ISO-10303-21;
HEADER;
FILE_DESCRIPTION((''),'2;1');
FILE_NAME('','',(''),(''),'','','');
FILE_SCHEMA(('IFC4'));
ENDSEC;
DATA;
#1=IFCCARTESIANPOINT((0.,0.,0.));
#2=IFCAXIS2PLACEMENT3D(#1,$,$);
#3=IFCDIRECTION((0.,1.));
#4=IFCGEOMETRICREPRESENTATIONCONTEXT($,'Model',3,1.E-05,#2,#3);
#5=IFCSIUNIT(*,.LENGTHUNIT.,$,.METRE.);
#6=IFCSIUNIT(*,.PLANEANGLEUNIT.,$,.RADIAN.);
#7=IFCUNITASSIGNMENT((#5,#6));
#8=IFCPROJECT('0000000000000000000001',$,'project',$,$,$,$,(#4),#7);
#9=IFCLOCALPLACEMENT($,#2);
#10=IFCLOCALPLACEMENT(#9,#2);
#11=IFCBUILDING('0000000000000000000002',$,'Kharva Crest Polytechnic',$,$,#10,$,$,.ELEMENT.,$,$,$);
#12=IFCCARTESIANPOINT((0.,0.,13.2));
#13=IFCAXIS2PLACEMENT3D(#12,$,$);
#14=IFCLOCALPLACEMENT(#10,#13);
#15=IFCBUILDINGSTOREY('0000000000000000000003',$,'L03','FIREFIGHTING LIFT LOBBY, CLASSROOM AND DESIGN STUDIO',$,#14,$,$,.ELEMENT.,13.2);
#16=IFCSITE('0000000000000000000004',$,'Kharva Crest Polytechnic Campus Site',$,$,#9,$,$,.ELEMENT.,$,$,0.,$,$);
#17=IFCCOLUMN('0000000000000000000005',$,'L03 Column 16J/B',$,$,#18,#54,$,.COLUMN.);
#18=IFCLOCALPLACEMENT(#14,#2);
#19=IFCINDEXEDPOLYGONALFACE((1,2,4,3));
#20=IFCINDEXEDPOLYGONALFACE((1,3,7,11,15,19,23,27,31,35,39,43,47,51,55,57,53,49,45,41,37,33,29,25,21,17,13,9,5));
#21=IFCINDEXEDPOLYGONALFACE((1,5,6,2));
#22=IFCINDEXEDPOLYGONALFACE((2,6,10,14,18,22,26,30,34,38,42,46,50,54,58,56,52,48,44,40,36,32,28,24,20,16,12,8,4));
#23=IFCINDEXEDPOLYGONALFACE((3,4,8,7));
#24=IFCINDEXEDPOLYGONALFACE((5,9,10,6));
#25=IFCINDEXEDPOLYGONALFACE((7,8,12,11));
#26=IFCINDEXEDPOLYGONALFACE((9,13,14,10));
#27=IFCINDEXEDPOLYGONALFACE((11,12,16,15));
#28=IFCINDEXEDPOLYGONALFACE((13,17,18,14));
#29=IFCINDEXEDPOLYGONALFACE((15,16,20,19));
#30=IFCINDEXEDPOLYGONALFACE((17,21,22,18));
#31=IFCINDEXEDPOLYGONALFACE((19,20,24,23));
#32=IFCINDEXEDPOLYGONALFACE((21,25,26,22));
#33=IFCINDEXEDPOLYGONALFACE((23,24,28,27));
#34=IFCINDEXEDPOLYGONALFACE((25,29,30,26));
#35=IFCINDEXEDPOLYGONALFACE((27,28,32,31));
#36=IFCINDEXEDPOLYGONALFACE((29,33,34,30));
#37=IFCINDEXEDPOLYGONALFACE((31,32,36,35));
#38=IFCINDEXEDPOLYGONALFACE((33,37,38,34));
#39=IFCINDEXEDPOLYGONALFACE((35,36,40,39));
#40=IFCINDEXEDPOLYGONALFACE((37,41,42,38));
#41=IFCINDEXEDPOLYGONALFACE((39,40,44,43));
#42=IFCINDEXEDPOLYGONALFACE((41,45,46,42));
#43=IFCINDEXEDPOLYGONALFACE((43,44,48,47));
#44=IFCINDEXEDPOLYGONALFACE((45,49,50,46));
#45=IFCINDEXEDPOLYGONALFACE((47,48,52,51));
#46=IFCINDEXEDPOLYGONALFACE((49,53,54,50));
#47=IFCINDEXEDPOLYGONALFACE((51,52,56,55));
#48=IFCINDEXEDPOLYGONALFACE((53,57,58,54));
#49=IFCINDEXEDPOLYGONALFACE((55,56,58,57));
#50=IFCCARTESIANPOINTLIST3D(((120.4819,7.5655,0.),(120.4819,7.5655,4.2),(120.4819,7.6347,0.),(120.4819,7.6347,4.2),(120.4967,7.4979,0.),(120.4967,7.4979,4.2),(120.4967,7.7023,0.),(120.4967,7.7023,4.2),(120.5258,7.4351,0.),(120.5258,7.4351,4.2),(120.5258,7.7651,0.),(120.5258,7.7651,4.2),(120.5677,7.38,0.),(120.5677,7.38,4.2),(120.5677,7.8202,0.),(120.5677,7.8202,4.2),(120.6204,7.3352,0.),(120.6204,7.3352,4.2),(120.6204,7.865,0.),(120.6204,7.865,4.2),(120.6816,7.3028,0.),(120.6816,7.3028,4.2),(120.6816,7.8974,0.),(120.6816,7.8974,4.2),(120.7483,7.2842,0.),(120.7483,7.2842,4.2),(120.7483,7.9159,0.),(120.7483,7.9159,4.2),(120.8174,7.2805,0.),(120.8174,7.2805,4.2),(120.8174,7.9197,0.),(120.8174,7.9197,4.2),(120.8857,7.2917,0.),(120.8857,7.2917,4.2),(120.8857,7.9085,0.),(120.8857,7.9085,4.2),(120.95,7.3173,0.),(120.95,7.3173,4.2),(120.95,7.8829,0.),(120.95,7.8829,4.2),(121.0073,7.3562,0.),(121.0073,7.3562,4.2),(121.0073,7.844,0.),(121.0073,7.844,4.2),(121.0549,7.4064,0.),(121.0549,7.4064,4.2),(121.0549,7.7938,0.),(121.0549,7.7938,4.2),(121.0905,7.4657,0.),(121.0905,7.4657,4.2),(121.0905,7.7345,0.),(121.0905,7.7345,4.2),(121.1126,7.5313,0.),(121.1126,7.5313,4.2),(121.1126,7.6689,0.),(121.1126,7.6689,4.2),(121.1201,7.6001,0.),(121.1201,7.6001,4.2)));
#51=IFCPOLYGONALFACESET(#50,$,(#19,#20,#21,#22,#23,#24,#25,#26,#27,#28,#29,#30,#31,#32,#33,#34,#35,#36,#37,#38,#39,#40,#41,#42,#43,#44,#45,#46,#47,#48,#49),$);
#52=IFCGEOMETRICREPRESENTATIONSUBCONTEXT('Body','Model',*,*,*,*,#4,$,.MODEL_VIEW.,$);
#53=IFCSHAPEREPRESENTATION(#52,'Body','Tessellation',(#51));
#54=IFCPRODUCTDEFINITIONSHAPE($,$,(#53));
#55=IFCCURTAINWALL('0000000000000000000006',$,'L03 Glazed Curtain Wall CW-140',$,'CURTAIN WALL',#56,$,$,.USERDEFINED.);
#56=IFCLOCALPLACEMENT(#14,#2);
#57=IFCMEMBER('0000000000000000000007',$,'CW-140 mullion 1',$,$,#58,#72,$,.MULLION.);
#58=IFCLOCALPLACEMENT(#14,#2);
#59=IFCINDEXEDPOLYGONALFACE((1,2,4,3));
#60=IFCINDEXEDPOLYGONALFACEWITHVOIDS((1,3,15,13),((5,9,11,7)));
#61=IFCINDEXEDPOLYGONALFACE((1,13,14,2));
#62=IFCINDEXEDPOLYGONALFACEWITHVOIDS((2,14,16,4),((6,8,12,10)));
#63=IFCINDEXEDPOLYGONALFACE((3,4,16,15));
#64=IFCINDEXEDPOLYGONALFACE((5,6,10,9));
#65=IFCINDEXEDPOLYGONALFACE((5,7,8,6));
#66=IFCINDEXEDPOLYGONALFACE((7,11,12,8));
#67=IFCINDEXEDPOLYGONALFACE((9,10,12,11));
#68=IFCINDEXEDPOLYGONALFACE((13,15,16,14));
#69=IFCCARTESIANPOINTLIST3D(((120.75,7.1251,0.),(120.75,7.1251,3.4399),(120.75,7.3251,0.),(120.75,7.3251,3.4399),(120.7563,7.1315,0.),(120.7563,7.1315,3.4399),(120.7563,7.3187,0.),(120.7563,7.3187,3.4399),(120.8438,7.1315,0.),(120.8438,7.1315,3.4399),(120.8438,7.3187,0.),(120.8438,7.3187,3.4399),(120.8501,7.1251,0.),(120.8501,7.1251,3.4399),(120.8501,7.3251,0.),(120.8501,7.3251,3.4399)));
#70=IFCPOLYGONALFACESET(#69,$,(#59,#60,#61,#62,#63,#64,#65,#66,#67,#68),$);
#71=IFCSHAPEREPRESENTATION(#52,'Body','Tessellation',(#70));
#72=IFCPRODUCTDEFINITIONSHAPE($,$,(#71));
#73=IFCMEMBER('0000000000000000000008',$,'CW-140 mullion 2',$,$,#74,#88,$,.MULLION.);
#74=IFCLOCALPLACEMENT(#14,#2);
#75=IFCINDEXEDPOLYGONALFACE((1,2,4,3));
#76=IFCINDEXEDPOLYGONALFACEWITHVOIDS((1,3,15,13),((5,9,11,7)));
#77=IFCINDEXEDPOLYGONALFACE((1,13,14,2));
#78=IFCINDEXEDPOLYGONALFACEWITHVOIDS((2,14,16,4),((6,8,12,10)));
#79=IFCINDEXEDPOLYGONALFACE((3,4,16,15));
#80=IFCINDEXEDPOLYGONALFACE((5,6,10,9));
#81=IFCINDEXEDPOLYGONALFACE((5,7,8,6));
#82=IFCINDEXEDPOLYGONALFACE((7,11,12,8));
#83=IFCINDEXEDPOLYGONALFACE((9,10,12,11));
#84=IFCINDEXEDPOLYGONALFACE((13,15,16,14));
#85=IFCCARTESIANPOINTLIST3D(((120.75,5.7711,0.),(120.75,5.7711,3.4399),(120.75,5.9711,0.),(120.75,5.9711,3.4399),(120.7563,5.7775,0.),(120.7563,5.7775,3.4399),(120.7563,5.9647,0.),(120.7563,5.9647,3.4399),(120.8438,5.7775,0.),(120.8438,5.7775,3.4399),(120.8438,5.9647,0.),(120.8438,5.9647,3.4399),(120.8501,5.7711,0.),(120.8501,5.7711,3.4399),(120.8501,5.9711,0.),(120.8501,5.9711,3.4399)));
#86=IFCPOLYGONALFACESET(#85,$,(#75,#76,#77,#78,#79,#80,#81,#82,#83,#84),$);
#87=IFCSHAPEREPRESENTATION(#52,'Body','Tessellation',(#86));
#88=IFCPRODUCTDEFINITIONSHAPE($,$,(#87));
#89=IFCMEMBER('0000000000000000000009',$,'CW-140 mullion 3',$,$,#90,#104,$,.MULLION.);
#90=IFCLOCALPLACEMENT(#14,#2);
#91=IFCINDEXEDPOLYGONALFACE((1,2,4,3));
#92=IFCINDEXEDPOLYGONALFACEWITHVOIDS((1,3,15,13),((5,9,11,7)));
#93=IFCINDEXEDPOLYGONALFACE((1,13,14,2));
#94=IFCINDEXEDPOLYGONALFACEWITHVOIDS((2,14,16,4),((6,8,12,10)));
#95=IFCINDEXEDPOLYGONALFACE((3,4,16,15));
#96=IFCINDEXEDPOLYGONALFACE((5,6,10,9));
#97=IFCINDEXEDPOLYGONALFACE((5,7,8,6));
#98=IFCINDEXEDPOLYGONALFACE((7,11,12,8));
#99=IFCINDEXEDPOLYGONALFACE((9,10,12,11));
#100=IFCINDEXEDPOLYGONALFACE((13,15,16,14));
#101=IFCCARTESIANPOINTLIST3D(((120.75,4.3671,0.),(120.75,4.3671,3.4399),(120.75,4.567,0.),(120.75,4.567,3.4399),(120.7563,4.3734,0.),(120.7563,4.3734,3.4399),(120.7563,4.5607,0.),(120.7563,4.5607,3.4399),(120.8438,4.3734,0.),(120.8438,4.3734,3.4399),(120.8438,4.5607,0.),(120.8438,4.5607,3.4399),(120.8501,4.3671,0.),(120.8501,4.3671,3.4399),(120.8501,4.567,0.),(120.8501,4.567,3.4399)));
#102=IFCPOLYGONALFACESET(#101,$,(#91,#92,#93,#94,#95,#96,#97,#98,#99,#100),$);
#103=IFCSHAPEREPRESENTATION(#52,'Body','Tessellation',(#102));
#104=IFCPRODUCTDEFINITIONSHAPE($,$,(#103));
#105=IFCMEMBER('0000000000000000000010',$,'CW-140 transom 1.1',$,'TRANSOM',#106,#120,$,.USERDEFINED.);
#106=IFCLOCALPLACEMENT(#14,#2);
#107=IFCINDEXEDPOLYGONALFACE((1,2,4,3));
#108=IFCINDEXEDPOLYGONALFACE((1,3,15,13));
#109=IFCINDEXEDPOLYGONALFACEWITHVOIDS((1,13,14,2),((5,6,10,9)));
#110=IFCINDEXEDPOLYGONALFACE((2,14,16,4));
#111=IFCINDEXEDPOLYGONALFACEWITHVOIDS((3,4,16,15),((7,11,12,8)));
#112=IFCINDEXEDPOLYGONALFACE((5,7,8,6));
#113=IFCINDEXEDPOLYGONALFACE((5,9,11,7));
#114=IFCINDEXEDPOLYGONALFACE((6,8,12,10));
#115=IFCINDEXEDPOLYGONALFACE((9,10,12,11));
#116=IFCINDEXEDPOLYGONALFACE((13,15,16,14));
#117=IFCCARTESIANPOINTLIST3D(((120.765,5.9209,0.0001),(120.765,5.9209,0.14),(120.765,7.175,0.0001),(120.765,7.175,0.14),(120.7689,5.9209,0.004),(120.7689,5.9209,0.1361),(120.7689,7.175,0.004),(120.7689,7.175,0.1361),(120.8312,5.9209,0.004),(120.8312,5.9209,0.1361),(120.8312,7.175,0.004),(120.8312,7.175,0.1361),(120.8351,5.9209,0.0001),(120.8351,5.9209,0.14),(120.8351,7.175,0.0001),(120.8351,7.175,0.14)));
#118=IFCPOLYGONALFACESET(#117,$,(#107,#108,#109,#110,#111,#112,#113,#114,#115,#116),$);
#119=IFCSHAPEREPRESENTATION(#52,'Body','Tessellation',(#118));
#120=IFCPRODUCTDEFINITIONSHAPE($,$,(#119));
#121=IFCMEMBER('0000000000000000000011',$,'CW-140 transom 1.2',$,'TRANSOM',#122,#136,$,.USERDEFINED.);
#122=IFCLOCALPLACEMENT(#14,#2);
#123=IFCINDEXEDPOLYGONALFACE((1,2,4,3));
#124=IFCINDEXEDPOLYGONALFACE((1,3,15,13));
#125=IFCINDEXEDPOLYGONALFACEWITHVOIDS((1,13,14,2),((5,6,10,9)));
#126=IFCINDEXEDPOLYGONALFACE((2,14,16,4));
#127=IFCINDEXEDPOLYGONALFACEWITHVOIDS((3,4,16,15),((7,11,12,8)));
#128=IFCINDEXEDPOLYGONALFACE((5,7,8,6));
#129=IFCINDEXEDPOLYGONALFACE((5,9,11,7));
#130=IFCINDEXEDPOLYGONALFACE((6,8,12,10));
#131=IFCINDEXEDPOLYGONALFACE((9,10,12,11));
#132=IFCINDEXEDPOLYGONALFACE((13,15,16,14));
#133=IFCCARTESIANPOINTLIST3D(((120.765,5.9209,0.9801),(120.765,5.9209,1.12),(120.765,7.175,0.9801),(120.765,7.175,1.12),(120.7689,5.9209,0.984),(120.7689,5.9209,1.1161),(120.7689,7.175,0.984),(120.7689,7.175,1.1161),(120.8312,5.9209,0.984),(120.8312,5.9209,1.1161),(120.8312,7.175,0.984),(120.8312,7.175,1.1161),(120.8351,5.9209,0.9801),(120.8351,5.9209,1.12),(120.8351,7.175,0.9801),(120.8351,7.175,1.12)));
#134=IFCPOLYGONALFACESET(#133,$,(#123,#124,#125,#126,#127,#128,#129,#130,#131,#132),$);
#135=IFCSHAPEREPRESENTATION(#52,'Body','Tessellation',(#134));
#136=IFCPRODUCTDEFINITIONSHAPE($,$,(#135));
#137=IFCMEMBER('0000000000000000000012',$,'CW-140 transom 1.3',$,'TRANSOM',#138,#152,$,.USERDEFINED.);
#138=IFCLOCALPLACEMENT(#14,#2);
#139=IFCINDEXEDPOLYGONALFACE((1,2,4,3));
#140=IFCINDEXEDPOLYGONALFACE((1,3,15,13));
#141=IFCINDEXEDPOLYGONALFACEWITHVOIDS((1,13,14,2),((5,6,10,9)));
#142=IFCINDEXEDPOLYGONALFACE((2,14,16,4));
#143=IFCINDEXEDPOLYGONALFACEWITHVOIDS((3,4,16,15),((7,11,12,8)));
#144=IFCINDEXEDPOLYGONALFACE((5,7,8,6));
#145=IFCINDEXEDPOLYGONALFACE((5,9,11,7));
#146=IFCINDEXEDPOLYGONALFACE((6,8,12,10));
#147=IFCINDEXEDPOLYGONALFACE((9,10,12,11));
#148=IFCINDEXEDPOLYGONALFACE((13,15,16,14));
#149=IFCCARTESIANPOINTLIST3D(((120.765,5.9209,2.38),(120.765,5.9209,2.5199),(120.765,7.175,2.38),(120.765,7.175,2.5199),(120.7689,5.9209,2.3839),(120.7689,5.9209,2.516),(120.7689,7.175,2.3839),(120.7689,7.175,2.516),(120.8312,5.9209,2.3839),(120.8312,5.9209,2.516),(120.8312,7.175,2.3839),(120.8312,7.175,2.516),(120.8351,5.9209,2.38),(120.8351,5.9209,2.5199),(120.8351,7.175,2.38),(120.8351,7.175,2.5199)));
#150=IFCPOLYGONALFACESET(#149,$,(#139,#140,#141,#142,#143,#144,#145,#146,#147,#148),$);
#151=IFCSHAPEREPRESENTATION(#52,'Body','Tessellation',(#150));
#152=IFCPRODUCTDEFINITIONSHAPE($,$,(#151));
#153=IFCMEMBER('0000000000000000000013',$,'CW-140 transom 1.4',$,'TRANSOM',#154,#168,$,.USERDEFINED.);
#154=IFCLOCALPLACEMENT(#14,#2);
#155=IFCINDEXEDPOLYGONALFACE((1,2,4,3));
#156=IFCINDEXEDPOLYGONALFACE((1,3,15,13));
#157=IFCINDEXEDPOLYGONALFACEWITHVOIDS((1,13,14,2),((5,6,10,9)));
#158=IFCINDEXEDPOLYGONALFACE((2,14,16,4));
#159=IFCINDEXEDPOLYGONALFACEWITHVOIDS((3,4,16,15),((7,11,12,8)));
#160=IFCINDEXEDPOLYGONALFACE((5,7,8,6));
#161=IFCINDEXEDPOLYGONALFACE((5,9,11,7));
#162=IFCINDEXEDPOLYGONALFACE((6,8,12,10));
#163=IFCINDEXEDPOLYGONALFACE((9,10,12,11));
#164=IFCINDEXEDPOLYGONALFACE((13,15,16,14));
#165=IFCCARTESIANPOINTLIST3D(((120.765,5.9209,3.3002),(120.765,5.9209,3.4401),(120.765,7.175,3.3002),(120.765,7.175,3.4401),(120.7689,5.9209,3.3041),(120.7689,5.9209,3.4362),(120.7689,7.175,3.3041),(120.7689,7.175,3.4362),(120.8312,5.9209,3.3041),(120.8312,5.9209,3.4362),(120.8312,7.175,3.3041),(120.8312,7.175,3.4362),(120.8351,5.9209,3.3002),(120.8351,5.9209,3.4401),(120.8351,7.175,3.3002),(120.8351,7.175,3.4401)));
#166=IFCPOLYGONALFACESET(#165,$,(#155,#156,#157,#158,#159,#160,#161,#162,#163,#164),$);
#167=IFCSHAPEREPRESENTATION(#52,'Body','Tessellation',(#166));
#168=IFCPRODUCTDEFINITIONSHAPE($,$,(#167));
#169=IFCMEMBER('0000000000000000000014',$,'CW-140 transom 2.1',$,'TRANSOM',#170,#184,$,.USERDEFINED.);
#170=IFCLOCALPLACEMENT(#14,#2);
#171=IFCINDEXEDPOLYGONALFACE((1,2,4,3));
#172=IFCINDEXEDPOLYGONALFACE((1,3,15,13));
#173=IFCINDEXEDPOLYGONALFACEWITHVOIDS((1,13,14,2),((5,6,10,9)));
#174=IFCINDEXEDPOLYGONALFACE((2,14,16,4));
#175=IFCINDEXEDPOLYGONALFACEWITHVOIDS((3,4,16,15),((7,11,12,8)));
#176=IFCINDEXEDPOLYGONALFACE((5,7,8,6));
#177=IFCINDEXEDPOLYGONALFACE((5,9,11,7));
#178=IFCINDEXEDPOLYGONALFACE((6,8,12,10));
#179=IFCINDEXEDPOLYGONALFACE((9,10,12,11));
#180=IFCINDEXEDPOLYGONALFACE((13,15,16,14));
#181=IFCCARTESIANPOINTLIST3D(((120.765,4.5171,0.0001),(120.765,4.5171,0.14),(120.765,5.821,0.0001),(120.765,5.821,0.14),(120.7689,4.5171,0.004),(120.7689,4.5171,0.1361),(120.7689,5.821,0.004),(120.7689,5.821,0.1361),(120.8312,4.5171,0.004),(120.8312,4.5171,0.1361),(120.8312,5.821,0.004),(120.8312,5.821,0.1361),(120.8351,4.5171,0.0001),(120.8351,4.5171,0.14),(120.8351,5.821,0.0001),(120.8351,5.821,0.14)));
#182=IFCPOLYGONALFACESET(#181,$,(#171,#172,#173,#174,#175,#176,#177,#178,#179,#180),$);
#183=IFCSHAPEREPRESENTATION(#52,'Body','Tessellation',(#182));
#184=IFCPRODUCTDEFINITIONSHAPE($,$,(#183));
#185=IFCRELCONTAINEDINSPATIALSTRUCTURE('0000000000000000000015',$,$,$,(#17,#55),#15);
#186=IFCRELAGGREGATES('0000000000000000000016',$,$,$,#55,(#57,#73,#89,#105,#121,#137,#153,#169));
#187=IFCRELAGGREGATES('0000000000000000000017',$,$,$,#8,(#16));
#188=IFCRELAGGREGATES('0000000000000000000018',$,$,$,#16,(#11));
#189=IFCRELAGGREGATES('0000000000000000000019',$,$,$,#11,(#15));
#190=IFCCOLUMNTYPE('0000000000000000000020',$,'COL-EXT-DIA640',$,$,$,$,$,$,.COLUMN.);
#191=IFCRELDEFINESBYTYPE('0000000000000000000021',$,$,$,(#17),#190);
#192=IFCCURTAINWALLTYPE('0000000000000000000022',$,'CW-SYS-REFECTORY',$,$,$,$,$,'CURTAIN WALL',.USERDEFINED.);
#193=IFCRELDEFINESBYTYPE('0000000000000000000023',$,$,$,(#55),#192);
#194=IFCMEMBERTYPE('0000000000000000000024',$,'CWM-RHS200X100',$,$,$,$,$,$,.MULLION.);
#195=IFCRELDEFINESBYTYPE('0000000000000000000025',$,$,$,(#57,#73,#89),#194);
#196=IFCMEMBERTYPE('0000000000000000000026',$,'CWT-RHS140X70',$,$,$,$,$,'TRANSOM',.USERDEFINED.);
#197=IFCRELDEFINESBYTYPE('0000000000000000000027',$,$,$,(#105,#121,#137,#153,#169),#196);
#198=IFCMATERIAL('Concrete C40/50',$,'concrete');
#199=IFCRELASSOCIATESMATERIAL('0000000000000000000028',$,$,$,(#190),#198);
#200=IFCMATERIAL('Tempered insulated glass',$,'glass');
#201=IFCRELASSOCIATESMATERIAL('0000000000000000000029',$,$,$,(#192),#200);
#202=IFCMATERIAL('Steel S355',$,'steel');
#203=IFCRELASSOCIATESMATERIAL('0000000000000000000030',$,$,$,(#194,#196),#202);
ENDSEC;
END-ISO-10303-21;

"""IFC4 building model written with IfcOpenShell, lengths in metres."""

from ifc_helpers import new_model, si_unit, direction, frame, origin, origin_2d, place, context, subcontext, project, spatial, hollow_rectangle, circle, extrude, material, material_profile, profile_set, type_object, element, aggregate, save


model = new_model("IFC4")

# Units and contexts
model_context = context("Model", 3, precision=1e-05, world=origin(), true_north=direction((0.0, 1.0)))
body_context = subcontext(model_context, "Body", "Model", "MODEL_VIEW")
ifc_project = project(units=[si_unit("LENGTHUNIT", "METRE"), si_unit("PLANEANGLEUNIT", "RADIAN")], contexts=[model_context])

# Site, building, storey
site_placement = place(None, origin())
site = spatial("IfcSite", under=ifc_project, at=site_placement, Name="Kharva Crest Polytechnic Campus Site", CompositionType="ELEMENT", RefElevation=0.0)
building_placement = place(site_placement, origin())
building = spatial("IfcBuilding", under=site, at=building_placement, Name="Kharva Crest Polytechnic", CompositionType="ELEMENT")
storey_placement = place(building_placement, frame((0.0, 0.0, 13.2)))
storey = spatial("IfcBuildingStorey", under=building, at=storey_placement, Name="L03", Description="FIREFIGHTING LIFT LOBBY, CLASSROOM AND DESIGN STUDIO", CompositionType="ELEMENT", Elevation=13.2)

# Column
ifc_material_1 = material(Name="Concrete C40/50", Category="concrete")
ifc_material_profile_1 = material_profile(ifc_material_1, circle(Radius=0.3201, at=origin_2d()), Name="DIA 640")
ifc_profile_set_1 = profile_set([ifc_material_profile_1], Name="Concrete C40/50")
column_type = type_object("IfcColumnType", Name="COL-EXT-DIA640", PredefinedType="COLUMN", material=ifc_profile_set_1)
column_placement = place(storey_placement, frame((120.8, 7.6001, 0.0), z_axis=(0.0, 0.0, 1.0), x_axis=(1.0, 0.0, 0.0)))
element("IfcColumn", 1, at=column_placement, inside=storey, type_object=column_type, Name="L03 Column 16J/B", PredefinedType="COLUMN", context=body_context, shape_type="SweptSolid", body=[
    extrude(circle(Radius=0.3201, at=origin_2d()), origin(), (0.0, 0.0, 1.0), 4.2),
])

# Curtain wall, members
ifc_material_2 = material(Name="Tempered insulated glass", Category="glass")
curtain_wall_type = type_object("IfcCurtainWallType", Name="CW-SYS-REFECTORY", ElementType="CURTAIN WALL", PredefinedType="USERDEFINED", material=ifc_material_2)
curtain_wall_placement = place(storey_placement, origin())
curtain_wall = element("IfcCurtainWall", 2, at=curtain_wall_placement, inside=storey, type_object=curtain_wall_type, Name="L03 Glazed Curtain Wall CW-140", ObjectType="CURTAIN WALL", PredefinedType="USERDEFINED")
ifc_material_3 = material(Name="Steel S355", Category="steel")
ifc_material_profile_2 = material_profile(ifc_material_3, hollow_rectangle(XDim=0.1001, YDim=0.2, WallThickness=0.0063, at=origin_2d()), Name="RHS 200X100X6.3")
ifc_profile_set_2 = profile_set([ifc_material_profile_2], Name="Steel S355")
member_type_1 = type_object("IfcMemberType", Name="CWM-RHS200X100", PredefinedType="MULLION", material=ifc_profile_set_2)
member_1_placement = place(storey_placement, frame((120.8, 7.2251, 0.0), z_axis=(0.0, 0.0, 1.0), x_axis=(1.0, 0.0, 0.0)))
member_1 = element("IfcMember", 3, at=member_1_placement, type_object=member_type_1, Name="CW-140 mullion 1", PredefinedType="MULLION", context=body_context, shape_type="SweptSolid", body=[
    extrude(hollow_rectangle(XDim=0.1001, YDim=0.2, WallThickness=0.0063, at=origin_2d()), origin(), (0.0, 0.0, 1.0), 3.4399),
])
member_2_placement = place(storey_placement, frame((120.8, 5.8711, 0.0), z_axis=(0.0, 0.0, 1.0), x_axis=(1.0, 0.0, 0.0)))
member_2 = element("IfcMember", 4, at=member_2_placement, type_object=member_type_1, Name="CW-140 mullion 2", PredefinedType="MULLION", context=body_context, shape_type="SweptSolid", body=[
    extrude(hollow_rectangle(XDim=0.1001, YDim=0.2, WallThickness=0.0063, at=origin_2d()), origin(), (0.0, 0.0, 1.0), 3.4399),
])
member_3_placement = place(storey_placement, frame((120.8, 4.467, 0.0), z_axis=(0.0, 0.0, 1.0), x_axis=(1.0, 0.0, 0.0)))
member_3 = element("IfcMember", 5, at=member_3_placement, type_object=member_type_1, Name="CW-140 mullion 3", PredefinedType="MULLION", context=body_context, shape_type="SweptSolid", body=[
    extrude(hollow_rectangle(XDim=0.1001, YDim=0.2, WallThickness=0.0063, at=origin_2d()), origin(), (0.0, 0.0, 1.0), 3.4399),
])
ifc_material_profile_3 = material_profile(ifc_material_3, hollow_rectangle(XDim=0.0701, YDim=0.1399, WallThickness=0.0039, at=origin_2d()), Name="RHS 140X70X4.0")
ifc_profile_set_3 = profile_set([ifc_material_profile_3], Name="Steel S355")
member_type_2 = type_object("IfcMemberType", Name="CWT-RHS140X70", ElementType="TRANSOM", PredefinedType="USERDEFINED", material=ifc_profile_set_3)
member_4_placement = place(storey_placement, frame((120.8, 7.175, 0.0701), z_axis=(0.0, -1.0, 0.0), x_axis=(1.0, 0.0, 0.0)))
member_4 = element("IfcMember", 6, at=member_4_placement, type_object=member_type_2, Name="CW-140 transom 1.1", ObjectType="TRANSOM", PredefinedType="USERDEFINED", context=body_context, shape_type="SweptSolid", body=[
    extrude(hollow_rectangle(XDim=0.0701, YDim=0.1399, WallThickness=0.0039, at=origin_2d()), origin(), (0.0, 0.0, 1.0), 1.2542),
])
member_5_placement = place(storey_placement, frame((120.8, 7.175, 1.05), z_axis=(0.0, -1.0, 0.0), x_axis=(1.0, 0.0, 0.0)))
member_5 = element("IfcMember", 7, at=member_5_placement, type_object=member_type_2, Name="CW-140 transom 1.2", ObjectType="TRANSOM", PredefinedType="USERDEFINED", context=body_context, shape_type="SweptSolid", body=[
    extrude(hollow_rectangle(XDim=0.0701, YDim=0.1399, WallThickness=0.0039, at=origin_2d()), origin(), (0.0, 0.0, 1.0), 1.2542),
])
member_6_placement = place(storey_placement, frame((120.8, 7.175, 2.45), z_axis=(0.0, -1.0, 0.0), x_axis=(1.0, 0.0, 0.0)))
member_6 = element("IfcMember", 8, at=member_6_placement, type_object=member_type_2, Name="CW-140 transom 1.3", ObjectType="TRANSOM", PredefinedType="USERDEFINED", context=body_context, shape_type="SweptSolid", body=[
    extrude(hollow_rectangle(XDim=0.0701, YDim=0.1399, WallThickness=0.0039, at=origin_2d()), origin(), (0.0, 0.0, 1.0), 1.2542),
])
member_7_placement = place(storey_placement, frame((120.8, 7.175, 3.3701), z_axis=(0.0, -1.0, 0.0), x_axis=(1.0, 0.0, 0.0)))
member_7 = element("IfcMember", 9, at=member_7_placement, type_object=member_type_2, Name="CW-140 transom 1.4", ObjectType="TRANSOM", PredefinedType="USERDEFINED", context=body_context, shape_type="SweptSolid", body=[
    extrude(hollow_rectangle(XDim=0.0701, YDim=0.1399, WallThickness=0.0039, at=origin_2d()), origin(), (0.0, 0.0, 1.0), 1.2542),
])
member_8_placement = place(storey_placement, frame((120.8, 5.821, 0.0701), z_axis=(0.0, -1.0, 0.0), x_axis=(1.0, 0.0, 0.0)))
member_8 = element("IfcMember", 10, at=member_8_placement, type_object=member_type_2, Name="CW-140 transom 2.1", ObjectType="TRANSOM", PredefinedType="USERDEFINED", context=body_context, shape_type="SweptSolid", body=[
    extrude(hollow_rectangle(XDim=0.0701, YDim=0.1399, WallThickness=0.0039, at=origin_2d()), origin(), (0.0, 0.0, 1.0), 1.304),
])
aggregate(curtain_wall, [member_1, member_2, member_3, member_4, member_5, member_6, member_7, member_8])

save(model, "model.ifc")
